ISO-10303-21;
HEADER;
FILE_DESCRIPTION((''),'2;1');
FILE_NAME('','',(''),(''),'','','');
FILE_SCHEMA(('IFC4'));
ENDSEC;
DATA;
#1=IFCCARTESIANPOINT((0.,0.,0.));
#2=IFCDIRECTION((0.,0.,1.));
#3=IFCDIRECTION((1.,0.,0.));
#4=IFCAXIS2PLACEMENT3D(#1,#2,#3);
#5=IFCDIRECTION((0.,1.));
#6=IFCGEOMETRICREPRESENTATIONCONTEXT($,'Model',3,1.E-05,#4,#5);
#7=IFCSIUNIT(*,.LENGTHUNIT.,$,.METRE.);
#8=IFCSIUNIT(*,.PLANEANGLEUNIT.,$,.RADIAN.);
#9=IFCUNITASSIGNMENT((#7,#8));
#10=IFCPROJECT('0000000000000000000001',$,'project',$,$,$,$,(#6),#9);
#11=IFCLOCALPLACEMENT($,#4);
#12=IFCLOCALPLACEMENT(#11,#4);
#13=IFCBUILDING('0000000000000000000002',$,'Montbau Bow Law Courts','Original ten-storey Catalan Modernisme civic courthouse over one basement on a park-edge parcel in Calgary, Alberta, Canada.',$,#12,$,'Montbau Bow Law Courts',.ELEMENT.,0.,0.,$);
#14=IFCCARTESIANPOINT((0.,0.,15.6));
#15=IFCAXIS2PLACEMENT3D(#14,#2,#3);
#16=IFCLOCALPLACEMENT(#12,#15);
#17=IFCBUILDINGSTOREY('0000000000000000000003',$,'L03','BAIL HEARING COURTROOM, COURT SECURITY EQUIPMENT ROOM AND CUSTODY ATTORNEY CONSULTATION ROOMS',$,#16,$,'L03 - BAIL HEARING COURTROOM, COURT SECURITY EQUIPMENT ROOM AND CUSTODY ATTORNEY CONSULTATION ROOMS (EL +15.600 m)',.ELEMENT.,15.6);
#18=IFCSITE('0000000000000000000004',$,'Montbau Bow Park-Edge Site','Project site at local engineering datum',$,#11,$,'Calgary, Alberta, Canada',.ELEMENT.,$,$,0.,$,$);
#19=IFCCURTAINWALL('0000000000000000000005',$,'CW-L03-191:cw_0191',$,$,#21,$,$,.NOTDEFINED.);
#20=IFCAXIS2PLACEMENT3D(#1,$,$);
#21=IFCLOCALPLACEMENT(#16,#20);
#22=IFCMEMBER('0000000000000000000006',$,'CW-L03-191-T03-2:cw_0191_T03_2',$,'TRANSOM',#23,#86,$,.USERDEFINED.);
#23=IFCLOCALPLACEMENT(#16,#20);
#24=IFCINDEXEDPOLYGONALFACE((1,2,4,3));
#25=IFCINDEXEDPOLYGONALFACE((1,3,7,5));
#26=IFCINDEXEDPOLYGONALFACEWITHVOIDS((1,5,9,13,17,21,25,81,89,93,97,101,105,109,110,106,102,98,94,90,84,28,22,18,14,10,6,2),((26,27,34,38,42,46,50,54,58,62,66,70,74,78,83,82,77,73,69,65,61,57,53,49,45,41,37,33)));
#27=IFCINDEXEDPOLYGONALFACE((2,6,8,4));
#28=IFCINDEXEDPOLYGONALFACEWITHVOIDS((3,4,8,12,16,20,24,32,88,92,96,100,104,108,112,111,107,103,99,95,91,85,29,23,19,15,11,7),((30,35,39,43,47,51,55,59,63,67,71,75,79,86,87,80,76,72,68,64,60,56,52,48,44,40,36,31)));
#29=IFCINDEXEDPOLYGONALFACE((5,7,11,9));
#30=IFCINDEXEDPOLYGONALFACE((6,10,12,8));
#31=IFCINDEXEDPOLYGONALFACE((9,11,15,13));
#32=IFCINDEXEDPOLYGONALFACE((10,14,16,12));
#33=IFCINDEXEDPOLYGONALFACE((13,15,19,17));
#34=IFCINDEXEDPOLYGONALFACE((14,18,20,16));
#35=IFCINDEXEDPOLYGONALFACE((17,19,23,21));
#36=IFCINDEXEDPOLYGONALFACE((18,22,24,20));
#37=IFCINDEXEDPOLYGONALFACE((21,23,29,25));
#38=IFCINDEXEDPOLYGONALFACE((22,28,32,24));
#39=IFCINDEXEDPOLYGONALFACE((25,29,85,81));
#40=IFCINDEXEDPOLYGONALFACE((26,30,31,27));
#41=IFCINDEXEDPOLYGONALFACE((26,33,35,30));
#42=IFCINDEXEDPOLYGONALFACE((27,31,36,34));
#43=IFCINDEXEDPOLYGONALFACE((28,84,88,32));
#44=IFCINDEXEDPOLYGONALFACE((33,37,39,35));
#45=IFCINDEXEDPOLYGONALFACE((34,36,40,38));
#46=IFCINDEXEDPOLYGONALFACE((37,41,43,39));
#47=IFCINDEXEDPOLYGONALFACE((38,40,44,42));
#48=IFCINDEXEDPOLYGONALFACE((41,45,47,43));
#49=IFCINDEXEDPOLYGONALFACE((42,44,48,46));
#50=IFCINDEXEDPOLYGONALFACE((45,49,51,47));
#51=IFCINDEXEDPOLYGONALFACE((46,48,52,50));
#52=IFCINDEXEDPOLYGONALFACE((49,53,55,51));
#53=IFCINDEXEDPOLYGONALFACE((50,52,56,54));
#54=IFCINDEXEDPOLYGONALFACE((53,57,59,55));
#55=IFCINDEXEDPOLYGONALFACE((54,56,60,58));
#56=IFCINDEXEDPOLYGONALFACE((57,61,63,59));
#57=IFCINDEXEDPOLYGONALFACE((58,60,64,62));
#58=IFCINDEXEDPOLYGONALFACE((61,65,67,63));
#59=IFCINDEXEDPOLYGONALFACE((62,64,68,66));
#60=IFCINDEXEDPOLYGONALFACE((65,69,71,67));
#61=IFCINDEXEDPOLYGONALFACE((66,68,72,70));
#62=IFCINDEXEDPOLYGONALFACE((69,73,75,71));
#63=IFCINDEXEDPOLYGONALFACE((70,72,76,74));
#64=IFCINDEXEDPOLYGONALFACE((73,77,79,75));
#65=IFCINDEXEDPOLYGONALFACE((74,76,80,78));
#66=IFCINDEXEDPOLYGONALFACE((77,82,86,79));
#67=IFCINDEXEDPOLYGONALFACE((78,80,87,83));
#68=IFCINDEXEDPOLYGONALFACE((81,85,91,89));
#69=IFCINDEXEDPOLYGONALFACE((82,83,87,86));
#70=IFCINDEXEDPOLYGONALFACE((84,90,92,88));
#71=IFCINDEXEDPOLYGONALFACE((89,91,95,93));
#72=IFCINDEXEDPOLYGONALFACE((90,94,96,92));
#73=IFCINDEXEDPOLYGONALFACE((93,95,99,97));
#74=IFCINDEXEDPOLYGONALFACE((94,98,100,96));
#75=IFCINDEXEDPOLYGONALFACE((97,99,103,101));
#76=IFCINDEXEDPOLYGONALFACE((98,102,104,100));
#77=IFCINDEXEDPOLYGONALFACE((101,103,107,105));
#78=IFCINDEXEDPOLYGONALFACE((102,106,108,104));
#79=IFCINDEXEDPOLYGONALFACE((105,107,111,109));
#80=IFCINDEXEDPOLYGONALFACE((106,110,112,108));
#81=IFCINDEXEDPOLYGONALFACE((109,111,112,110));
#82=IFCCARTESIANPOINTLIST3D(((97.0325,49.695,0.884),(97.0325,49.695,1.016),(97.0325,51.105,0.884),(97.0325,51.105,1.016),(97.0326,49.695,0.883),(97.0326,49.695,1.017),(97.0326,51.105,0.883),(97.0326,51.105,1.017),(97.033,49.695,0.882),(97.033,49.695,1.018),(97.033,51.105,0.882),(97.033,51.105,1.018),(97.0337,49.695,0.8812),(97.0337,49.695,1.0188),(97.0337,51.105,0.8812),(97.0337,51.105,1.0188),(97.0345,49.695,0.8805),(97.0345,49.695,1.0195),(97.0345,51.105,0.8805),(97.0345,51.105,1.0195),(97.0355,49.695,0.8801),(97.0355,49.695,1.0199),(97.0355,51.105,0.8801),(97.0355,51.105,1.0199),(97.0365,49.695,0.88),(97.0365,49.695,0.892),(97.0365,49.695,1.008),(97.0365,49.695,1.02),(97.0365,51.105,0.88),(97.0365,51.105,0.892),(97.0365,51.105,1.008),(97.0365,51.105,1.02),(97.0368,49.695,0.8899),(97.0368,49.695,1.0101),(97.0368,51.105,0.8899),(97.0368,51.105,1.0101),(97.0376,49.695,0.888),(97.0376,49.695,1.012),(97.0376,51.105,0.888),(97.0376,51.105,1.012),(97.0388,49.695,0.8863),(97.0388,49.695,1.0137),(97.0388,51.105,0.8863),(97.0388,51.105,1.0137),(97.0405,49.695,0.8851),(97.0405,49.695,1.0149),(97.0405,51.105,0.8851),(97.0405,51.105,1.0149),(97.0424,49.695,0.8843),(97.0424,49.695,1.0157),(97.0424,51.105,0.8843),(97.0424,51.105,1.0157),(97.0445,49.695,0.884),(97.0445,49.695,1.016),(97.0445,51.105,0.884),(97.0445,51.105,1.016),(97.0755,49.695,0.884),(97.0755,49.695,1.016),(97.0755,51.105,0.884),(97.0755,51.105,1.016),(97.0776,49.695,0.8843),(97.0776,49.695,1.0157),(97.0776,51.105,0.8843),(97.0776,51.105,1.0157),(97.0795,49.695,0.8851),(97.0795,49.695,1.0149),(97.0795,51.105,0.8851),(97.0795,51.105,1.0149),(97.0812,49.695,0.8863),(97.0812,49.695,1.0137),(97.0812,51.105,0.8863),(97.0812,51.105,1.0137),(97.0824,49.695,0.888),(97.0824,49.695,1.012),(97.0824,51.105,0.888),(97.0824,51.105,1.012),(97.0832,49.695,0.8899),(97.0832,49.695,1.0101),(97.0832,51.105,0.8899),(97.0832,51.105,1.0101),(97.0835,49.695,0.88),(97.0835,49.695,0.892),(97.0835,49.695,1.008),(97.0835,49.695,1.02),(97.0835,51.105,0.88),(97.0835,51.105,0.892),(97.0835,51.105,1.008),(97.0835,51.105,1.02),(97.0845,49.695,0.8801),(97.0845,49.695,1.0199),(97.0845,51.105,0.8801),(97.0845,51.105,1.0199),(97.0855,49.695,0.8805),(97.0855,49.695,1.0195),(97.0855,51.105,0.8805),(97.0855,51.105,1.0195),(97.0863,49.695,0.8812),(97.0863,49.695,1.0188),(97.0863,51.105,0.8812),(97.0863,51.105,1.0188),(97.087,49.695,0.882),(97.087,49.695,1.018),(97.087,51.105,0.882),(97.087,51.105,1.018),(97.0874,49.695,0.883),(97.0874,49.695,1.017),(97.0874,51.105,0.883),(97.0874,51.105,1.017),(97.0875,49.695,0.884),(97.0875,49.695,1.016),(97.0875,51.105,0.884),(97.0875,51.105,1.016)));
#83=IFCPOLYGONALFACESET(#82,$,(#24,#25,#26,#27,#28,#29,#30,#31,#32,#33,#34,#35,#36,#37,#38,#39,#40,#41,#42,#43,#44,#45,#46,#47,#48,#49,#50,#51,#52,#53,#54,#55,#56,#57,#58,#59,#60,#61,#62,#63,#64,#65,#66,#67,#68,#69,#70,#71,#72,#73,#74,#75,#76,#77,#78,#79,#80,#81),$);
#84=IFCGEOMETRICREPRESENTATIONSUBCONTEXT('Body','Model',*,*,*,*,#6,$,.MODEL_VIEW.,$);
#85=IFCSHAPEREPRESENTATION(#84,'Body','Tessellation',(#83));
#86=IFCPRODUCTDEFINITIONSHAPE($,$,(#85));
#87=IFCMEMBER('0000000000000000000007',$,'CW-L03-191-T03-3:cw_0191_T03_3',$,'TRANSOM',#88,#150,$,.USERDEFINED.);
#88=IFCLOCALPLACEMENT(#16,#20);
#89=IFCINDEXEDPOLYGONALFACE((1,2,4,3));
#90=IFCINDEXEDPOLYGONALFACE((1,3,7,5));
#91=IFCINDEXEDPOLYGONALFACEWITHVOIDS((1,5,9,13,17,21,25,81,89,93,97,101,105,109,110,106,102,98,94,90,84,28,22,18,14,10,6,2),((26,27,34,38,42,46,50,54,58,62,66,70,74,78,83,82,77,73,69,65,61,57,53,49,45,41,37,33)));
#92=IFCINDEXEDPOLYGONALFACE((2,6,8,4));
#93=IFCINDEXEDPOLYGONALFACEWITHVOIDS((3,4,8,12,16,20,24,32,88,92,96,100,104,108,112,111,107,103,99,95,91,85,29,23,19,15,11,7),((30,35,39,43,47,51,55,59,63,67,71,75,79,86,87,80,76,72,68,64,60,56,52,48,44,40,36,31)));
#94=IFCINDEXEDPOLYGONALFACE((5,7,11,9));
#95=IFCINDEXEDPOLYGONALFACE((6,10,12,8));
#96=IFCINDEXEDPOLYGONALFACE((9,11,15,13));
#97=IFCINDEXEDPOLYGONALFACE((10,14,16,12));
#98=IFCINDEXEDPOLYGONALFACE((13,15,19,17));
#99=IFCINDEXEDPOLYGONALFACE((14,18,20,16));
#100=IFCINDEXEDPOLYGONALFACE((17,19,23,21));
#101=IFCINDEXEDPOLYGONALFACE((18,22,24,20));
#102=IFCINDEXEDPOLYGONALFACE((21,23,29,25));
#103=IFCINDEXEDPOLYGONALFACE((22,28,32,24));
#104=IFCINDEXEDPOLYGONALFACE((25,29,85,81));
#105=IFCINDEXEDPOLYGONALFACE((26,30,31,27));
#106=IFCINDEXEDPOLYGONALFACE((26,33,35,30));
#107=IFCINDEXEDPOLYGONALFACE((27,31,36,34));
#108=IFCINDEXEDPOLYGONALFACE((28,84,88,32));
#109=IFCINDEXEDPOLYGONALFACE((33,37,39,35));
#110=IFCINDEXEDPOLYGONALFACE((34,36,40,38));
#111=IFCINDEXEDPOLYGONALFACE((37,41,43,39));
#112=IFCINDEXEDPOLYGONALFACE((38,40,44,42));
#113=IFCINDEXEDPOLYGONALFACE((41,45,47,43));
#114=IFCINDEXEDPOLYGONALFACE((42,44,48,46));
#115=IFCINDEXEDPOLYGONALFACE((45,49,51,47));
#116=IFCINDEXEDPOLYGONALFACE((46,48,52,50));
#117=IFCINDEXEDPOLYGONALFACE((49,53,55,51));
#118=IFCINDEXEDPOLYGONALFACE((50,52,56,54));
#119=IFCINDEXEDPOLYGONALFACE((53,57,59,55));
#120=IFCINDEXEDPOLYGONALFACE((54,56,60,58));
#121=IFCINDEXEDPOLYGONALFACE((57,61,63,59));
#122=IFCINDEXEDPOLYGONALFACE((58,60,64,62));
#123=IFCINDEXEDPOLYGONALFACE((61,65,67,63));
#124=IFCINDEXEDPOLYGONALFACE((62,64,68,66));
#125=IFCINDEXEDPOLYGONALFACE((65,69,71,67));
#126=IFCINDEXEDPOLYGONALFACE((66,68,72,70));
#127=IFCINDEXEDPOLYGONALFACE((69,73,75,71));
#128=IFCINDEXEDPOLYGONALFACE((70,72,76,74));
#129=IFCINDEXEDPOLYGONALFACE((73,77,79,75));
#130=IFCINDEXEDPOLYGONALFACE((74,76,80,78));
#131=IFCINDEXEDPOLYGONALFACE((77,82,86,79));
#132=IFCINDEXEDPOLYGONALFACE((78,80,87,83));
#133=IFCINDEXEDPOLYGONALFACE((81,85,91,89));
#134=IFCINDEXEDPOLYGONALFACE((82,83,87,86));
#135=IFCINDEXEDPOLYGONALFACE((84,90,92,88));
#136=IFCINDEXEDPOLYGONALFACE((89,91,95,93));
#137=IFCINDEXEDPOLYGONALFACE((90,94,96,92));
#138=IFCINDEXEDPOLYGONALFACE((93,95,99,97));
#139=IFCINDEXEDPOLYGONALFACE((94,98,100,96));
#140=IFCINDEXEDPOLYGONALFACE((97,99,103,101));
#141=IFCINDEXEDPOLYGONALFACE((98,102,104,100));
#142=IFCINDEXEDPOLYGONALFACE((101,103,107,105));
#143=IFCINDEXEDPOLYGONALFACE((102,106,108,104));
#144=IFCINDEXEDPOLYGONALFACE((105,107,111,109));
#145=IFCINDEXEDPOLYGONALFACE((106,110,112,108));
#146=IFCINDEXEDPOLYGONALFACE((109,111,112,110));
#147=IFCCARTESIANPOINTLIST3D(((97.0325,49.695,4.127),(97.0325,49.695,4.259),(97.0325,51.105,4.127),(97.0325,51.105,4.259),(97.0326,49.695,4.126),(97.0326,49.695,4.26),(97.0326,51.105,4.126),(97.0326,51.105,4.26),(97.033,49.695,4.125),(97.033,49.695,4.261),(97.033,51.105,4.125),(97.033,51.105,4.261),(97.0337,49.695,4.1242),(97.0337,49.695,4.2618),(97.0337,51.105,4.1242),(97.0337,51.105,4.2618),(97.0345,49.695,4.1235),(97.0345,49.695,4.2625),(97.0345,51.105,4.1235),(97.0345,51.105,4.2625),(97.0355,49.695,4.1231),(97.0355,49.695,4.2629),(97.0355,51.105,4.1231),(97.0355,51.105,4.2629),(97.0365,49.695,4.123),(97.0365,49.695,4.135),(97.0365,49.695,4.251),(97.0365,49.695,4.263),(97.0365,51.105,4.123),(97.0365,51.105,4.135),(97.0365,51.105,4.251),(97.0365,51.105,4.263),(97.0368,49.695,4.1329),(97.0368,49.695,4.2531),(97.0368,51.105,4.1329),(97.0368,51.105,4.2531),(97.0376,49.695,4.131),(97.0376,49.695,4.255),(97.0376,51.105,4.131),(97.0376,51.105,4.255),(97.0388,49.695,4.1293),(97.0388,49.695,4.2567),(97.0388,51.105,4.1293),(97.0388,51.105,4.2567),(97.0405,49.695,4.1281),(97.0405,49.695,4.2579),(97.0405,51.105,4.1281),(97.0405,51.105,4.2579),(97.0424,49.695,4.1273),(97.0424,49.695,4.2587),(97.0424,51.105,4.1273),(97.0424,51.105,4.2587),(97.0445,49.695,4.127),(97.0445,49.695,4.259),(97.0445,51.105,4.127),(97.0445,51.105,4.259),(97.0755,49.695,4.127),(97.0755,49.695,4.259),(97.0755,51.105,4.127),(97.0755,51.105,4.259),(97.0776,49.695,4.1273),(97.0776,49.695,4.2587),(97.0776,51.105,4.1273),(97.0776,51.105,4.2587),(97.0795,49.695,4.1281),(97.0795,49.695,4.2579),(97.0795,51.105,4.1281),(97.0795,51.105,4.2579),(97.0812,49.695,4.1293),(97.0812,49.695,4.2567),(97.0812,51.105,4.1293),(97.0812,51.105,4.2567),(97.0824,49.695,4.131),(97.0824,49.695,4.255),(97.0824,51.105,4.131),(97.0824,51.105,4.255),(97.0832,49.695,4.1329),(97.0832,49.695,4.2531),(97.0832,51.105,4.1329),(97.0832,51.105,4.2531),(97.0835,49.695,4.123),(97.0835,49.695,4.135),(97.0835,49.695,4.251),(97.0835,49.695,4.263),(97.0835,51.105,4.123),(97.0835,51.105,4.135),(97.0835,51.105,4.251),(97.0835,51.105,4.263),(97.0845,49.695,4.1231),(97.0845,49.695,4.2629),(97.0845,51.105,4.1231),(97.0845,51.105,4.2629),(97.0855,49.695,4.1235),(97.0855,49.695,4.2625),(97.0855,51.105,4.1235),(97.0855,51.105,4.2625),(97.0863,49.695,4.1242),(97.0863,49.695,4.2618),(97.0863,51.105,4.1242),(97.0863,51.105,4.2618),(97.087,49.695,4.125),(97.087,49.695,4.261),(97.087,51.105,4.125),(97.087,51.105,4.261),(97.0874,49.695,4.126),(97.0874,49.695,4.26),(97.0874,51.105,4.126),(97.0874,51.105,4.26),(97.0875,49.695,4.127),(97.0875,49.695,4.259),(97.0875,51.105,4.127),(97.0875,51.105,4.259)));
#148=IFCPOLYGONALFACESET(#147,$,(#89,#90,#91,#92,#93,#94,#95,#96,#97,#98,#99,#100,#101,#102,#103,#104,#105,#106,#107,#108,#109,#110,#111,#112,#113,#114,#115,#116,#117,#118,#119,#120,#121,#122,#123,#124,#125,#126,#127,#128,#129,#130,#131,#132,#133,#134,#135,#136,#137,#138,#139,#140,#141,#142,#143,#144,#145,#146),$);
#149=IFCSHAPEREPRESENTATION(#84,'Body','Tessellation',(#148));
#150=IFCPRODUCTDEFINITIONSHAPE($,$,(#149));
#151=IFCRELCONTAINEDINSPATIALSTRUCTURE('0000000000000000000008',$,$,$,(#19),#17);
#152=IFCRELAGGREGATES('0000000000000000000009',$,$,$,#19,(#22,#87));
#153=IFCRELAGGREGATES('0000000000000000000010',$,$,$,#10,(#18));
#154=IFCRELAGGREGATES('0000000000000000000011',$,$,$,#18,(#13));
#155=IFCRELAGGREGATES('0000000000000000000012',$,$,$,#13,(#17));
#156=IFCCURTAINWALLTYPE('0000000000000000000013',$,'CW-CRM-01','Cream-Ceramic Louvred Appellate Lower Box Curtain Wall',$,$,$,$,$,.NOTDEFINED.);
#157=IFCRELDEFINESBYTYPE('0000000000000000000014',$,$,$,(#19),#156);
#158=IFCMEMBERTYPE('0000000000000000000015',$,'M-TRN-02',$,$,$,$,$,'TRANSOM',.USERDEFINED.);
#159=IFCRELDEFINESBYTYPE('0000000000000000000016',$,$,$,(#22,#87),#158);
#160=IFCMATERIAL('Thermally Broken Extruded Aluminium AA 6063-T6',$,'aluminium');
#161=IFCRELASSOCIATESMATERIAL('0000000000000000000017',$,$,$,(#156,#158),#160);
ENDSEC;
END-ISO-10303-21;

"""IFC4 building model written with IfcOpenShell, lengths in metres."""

from ifc_helpers import new_model, si_unit, direction, frame, origin_with_axes, origin_2d_with_axis, place, context, subcontext, project, spatial, hollow_rectangle, extrude, material, material_profile, profile_set, type_object, element, aggregate, save


model = new_model("IFC4")

# Units and contexts
model_context = context("Model", 3, precision=1e-05, world=origin_with_axes(), true_north=direction((0.0, 1.0)))
body_context = subcontext(model_context, "Body", "Model", "MODEL_VIEW")
ifc_project = project(units=[si_unit("LENGTHUNIT", "METRE"), si_unit("PLANEANGLEUNIT", "RADIAN")], contexts=[model_context])

# Site, building, storey
site_placement = place(None, origin_with_axes())
site = spatial("IfcSite", under=ifc_project, at=site_placement, Name="Montbau Bow Park-Edge Site", Description="Project site at local engineering datum", LongName="Calgary, Alberta, Canada", CompositionType="ELEMENT", RefElevation=0.0)
building_placement = place(site_placement, origin_with_axes())
building = spatial("IfcBuilding", under=site, at=building_placement, Name="Montbau Bow Law Courts", Description="Original ten-storey Catalan Modernisme civic courthouse over one basement on a park-edge parcel in Calgary, Alberta, Canada.", LongName="Montbau Bow Law Courts", CompositionType="ELEMENT", ElevationOfRefHeight=0.0, ElevationOfTerrain=0.0)
storey_placement = place(building_placement, frame((0.0, 0.0, 15.6), z_axis=(0.0, 0.0, 1.0), x_axis=(1.0, 0.0, 0.0)))
storey = spatial("IfcBuildingStorey", under=building, at=storey_placement, Name="L03", Description="BAIL HEARING COURTROOM, COURT SECURITY EQUIPMENT ROOM AND CUSTODY ATTORNEY CONSULTATION ROOMS", LongName="L03 - BAIL HEARING COURTROOM, COURT SECURITY EQUIPMENT ROOM AND CUSTODY ATTORNEY CONSULTATION ROOMS (EL +15.600 m)", CompositionType="ELEMENT", Elevation=15.6)

# Curtain wall, members
ifc_material_1 = material(Name="Thermally Broken Extruded Aluminium AA 6063-T6", Category="aluminium")
curtain_wall_type = type_object("IfcCurtainWallType", Name="CW-CRM-01", Description="Cream-Ceramic Louvred Appellate Lower Box Curtain Wall", PredefinedType="NOTDEFINED", material=ifc_material_1)
curtain_wall_placement = place(None, frame((97.06, 46.715, 15.6), z_axis=(0.0, 0.0, 1.0), x_axis=(1.0, 0.0, 0.0)))
curtain_wall = element("IfcCurtainWall", 1, at=curtain_wall_placement, inside=storey, type_object=curtain_wall_type, Name="CW-L03-191:cw_0191", PredefinedType="NOTDEFINED")
ifc_material_profile_1 = material_profile(ifc_material_1, hollow_rectangle(XDim=0.055, YDim=0.14, WallThickness=0.004, InnerFilletRadius=0.008, OuterFilletRadius=0.004, at=origin_2d_with_axis()), Name="CWT-140X55", Category="Main", Priority=0)
ifc_profile_set_1 = profile_set([ifc_material_profile_1], Name="Thermally Broken Extruded Aluminium AA 6063-T6")
member_type_1 = type_object("IfcMemberType", Name="M-TRN-02", ElementType="TRANSOM", PredefinedType="USERDEFINED", material=ifc_profile_set_1)
member_1_placement = place(None, frame((97.06, 49.695, 16.55), z_axis=(0.0, 1.0, 0.0), x_axis=(-1.0, 0.0, 0.0)))
member_1 = element("IfcMember", 2, at=member_1_placement, type_object=member_type_1, Name="CW-L03-191-T03-2:cw_0191_T03_2", ObjectType="TRANSOM", PredefinedType="USERDEFINED", context=body_context, shape_type="SweptSolid", body=[
    extrude(hollow_rectangle(XDim=0.055, YDim=0.14, WallThickness=0.004, InnerFilletRadius=0.008, OuterFilletRadius=0.004, at=origin_2d_with_axis()), origin_with_axes(), (0.0, 0.0, 1.0), 1.41),
])
member_2_placement = place(None, frame((97.06, 49.695, 19.793), z_axis=(0.0, 1.0, 0.0), x_axis=(-1.0, 0.0, 0.0)))
member_2 = element("IfcMember", 3, at=member_2_placement, type_object=member_type_1, Name="CW-L03-191-T03-3:cw_0191_T03_3", ObjectType="TRANSOM", PredefinedType="USERDEFINED", context=body_context, shape_type="SweptSolid", body=[
    extrude(hollow_rectangle(XDim=0.055, YDim=0.14, WallThickness=0.004, InnerFilletRadius=0.008, OuterFilletRadius=0.004, at=origin_2d_with_axis()), origin_with_axes(), (0.0, 0.0, 1.0), 1.41),
])
aggregate(curtain_wall, [member_1, member_2])

save(model, "model.ifc")
